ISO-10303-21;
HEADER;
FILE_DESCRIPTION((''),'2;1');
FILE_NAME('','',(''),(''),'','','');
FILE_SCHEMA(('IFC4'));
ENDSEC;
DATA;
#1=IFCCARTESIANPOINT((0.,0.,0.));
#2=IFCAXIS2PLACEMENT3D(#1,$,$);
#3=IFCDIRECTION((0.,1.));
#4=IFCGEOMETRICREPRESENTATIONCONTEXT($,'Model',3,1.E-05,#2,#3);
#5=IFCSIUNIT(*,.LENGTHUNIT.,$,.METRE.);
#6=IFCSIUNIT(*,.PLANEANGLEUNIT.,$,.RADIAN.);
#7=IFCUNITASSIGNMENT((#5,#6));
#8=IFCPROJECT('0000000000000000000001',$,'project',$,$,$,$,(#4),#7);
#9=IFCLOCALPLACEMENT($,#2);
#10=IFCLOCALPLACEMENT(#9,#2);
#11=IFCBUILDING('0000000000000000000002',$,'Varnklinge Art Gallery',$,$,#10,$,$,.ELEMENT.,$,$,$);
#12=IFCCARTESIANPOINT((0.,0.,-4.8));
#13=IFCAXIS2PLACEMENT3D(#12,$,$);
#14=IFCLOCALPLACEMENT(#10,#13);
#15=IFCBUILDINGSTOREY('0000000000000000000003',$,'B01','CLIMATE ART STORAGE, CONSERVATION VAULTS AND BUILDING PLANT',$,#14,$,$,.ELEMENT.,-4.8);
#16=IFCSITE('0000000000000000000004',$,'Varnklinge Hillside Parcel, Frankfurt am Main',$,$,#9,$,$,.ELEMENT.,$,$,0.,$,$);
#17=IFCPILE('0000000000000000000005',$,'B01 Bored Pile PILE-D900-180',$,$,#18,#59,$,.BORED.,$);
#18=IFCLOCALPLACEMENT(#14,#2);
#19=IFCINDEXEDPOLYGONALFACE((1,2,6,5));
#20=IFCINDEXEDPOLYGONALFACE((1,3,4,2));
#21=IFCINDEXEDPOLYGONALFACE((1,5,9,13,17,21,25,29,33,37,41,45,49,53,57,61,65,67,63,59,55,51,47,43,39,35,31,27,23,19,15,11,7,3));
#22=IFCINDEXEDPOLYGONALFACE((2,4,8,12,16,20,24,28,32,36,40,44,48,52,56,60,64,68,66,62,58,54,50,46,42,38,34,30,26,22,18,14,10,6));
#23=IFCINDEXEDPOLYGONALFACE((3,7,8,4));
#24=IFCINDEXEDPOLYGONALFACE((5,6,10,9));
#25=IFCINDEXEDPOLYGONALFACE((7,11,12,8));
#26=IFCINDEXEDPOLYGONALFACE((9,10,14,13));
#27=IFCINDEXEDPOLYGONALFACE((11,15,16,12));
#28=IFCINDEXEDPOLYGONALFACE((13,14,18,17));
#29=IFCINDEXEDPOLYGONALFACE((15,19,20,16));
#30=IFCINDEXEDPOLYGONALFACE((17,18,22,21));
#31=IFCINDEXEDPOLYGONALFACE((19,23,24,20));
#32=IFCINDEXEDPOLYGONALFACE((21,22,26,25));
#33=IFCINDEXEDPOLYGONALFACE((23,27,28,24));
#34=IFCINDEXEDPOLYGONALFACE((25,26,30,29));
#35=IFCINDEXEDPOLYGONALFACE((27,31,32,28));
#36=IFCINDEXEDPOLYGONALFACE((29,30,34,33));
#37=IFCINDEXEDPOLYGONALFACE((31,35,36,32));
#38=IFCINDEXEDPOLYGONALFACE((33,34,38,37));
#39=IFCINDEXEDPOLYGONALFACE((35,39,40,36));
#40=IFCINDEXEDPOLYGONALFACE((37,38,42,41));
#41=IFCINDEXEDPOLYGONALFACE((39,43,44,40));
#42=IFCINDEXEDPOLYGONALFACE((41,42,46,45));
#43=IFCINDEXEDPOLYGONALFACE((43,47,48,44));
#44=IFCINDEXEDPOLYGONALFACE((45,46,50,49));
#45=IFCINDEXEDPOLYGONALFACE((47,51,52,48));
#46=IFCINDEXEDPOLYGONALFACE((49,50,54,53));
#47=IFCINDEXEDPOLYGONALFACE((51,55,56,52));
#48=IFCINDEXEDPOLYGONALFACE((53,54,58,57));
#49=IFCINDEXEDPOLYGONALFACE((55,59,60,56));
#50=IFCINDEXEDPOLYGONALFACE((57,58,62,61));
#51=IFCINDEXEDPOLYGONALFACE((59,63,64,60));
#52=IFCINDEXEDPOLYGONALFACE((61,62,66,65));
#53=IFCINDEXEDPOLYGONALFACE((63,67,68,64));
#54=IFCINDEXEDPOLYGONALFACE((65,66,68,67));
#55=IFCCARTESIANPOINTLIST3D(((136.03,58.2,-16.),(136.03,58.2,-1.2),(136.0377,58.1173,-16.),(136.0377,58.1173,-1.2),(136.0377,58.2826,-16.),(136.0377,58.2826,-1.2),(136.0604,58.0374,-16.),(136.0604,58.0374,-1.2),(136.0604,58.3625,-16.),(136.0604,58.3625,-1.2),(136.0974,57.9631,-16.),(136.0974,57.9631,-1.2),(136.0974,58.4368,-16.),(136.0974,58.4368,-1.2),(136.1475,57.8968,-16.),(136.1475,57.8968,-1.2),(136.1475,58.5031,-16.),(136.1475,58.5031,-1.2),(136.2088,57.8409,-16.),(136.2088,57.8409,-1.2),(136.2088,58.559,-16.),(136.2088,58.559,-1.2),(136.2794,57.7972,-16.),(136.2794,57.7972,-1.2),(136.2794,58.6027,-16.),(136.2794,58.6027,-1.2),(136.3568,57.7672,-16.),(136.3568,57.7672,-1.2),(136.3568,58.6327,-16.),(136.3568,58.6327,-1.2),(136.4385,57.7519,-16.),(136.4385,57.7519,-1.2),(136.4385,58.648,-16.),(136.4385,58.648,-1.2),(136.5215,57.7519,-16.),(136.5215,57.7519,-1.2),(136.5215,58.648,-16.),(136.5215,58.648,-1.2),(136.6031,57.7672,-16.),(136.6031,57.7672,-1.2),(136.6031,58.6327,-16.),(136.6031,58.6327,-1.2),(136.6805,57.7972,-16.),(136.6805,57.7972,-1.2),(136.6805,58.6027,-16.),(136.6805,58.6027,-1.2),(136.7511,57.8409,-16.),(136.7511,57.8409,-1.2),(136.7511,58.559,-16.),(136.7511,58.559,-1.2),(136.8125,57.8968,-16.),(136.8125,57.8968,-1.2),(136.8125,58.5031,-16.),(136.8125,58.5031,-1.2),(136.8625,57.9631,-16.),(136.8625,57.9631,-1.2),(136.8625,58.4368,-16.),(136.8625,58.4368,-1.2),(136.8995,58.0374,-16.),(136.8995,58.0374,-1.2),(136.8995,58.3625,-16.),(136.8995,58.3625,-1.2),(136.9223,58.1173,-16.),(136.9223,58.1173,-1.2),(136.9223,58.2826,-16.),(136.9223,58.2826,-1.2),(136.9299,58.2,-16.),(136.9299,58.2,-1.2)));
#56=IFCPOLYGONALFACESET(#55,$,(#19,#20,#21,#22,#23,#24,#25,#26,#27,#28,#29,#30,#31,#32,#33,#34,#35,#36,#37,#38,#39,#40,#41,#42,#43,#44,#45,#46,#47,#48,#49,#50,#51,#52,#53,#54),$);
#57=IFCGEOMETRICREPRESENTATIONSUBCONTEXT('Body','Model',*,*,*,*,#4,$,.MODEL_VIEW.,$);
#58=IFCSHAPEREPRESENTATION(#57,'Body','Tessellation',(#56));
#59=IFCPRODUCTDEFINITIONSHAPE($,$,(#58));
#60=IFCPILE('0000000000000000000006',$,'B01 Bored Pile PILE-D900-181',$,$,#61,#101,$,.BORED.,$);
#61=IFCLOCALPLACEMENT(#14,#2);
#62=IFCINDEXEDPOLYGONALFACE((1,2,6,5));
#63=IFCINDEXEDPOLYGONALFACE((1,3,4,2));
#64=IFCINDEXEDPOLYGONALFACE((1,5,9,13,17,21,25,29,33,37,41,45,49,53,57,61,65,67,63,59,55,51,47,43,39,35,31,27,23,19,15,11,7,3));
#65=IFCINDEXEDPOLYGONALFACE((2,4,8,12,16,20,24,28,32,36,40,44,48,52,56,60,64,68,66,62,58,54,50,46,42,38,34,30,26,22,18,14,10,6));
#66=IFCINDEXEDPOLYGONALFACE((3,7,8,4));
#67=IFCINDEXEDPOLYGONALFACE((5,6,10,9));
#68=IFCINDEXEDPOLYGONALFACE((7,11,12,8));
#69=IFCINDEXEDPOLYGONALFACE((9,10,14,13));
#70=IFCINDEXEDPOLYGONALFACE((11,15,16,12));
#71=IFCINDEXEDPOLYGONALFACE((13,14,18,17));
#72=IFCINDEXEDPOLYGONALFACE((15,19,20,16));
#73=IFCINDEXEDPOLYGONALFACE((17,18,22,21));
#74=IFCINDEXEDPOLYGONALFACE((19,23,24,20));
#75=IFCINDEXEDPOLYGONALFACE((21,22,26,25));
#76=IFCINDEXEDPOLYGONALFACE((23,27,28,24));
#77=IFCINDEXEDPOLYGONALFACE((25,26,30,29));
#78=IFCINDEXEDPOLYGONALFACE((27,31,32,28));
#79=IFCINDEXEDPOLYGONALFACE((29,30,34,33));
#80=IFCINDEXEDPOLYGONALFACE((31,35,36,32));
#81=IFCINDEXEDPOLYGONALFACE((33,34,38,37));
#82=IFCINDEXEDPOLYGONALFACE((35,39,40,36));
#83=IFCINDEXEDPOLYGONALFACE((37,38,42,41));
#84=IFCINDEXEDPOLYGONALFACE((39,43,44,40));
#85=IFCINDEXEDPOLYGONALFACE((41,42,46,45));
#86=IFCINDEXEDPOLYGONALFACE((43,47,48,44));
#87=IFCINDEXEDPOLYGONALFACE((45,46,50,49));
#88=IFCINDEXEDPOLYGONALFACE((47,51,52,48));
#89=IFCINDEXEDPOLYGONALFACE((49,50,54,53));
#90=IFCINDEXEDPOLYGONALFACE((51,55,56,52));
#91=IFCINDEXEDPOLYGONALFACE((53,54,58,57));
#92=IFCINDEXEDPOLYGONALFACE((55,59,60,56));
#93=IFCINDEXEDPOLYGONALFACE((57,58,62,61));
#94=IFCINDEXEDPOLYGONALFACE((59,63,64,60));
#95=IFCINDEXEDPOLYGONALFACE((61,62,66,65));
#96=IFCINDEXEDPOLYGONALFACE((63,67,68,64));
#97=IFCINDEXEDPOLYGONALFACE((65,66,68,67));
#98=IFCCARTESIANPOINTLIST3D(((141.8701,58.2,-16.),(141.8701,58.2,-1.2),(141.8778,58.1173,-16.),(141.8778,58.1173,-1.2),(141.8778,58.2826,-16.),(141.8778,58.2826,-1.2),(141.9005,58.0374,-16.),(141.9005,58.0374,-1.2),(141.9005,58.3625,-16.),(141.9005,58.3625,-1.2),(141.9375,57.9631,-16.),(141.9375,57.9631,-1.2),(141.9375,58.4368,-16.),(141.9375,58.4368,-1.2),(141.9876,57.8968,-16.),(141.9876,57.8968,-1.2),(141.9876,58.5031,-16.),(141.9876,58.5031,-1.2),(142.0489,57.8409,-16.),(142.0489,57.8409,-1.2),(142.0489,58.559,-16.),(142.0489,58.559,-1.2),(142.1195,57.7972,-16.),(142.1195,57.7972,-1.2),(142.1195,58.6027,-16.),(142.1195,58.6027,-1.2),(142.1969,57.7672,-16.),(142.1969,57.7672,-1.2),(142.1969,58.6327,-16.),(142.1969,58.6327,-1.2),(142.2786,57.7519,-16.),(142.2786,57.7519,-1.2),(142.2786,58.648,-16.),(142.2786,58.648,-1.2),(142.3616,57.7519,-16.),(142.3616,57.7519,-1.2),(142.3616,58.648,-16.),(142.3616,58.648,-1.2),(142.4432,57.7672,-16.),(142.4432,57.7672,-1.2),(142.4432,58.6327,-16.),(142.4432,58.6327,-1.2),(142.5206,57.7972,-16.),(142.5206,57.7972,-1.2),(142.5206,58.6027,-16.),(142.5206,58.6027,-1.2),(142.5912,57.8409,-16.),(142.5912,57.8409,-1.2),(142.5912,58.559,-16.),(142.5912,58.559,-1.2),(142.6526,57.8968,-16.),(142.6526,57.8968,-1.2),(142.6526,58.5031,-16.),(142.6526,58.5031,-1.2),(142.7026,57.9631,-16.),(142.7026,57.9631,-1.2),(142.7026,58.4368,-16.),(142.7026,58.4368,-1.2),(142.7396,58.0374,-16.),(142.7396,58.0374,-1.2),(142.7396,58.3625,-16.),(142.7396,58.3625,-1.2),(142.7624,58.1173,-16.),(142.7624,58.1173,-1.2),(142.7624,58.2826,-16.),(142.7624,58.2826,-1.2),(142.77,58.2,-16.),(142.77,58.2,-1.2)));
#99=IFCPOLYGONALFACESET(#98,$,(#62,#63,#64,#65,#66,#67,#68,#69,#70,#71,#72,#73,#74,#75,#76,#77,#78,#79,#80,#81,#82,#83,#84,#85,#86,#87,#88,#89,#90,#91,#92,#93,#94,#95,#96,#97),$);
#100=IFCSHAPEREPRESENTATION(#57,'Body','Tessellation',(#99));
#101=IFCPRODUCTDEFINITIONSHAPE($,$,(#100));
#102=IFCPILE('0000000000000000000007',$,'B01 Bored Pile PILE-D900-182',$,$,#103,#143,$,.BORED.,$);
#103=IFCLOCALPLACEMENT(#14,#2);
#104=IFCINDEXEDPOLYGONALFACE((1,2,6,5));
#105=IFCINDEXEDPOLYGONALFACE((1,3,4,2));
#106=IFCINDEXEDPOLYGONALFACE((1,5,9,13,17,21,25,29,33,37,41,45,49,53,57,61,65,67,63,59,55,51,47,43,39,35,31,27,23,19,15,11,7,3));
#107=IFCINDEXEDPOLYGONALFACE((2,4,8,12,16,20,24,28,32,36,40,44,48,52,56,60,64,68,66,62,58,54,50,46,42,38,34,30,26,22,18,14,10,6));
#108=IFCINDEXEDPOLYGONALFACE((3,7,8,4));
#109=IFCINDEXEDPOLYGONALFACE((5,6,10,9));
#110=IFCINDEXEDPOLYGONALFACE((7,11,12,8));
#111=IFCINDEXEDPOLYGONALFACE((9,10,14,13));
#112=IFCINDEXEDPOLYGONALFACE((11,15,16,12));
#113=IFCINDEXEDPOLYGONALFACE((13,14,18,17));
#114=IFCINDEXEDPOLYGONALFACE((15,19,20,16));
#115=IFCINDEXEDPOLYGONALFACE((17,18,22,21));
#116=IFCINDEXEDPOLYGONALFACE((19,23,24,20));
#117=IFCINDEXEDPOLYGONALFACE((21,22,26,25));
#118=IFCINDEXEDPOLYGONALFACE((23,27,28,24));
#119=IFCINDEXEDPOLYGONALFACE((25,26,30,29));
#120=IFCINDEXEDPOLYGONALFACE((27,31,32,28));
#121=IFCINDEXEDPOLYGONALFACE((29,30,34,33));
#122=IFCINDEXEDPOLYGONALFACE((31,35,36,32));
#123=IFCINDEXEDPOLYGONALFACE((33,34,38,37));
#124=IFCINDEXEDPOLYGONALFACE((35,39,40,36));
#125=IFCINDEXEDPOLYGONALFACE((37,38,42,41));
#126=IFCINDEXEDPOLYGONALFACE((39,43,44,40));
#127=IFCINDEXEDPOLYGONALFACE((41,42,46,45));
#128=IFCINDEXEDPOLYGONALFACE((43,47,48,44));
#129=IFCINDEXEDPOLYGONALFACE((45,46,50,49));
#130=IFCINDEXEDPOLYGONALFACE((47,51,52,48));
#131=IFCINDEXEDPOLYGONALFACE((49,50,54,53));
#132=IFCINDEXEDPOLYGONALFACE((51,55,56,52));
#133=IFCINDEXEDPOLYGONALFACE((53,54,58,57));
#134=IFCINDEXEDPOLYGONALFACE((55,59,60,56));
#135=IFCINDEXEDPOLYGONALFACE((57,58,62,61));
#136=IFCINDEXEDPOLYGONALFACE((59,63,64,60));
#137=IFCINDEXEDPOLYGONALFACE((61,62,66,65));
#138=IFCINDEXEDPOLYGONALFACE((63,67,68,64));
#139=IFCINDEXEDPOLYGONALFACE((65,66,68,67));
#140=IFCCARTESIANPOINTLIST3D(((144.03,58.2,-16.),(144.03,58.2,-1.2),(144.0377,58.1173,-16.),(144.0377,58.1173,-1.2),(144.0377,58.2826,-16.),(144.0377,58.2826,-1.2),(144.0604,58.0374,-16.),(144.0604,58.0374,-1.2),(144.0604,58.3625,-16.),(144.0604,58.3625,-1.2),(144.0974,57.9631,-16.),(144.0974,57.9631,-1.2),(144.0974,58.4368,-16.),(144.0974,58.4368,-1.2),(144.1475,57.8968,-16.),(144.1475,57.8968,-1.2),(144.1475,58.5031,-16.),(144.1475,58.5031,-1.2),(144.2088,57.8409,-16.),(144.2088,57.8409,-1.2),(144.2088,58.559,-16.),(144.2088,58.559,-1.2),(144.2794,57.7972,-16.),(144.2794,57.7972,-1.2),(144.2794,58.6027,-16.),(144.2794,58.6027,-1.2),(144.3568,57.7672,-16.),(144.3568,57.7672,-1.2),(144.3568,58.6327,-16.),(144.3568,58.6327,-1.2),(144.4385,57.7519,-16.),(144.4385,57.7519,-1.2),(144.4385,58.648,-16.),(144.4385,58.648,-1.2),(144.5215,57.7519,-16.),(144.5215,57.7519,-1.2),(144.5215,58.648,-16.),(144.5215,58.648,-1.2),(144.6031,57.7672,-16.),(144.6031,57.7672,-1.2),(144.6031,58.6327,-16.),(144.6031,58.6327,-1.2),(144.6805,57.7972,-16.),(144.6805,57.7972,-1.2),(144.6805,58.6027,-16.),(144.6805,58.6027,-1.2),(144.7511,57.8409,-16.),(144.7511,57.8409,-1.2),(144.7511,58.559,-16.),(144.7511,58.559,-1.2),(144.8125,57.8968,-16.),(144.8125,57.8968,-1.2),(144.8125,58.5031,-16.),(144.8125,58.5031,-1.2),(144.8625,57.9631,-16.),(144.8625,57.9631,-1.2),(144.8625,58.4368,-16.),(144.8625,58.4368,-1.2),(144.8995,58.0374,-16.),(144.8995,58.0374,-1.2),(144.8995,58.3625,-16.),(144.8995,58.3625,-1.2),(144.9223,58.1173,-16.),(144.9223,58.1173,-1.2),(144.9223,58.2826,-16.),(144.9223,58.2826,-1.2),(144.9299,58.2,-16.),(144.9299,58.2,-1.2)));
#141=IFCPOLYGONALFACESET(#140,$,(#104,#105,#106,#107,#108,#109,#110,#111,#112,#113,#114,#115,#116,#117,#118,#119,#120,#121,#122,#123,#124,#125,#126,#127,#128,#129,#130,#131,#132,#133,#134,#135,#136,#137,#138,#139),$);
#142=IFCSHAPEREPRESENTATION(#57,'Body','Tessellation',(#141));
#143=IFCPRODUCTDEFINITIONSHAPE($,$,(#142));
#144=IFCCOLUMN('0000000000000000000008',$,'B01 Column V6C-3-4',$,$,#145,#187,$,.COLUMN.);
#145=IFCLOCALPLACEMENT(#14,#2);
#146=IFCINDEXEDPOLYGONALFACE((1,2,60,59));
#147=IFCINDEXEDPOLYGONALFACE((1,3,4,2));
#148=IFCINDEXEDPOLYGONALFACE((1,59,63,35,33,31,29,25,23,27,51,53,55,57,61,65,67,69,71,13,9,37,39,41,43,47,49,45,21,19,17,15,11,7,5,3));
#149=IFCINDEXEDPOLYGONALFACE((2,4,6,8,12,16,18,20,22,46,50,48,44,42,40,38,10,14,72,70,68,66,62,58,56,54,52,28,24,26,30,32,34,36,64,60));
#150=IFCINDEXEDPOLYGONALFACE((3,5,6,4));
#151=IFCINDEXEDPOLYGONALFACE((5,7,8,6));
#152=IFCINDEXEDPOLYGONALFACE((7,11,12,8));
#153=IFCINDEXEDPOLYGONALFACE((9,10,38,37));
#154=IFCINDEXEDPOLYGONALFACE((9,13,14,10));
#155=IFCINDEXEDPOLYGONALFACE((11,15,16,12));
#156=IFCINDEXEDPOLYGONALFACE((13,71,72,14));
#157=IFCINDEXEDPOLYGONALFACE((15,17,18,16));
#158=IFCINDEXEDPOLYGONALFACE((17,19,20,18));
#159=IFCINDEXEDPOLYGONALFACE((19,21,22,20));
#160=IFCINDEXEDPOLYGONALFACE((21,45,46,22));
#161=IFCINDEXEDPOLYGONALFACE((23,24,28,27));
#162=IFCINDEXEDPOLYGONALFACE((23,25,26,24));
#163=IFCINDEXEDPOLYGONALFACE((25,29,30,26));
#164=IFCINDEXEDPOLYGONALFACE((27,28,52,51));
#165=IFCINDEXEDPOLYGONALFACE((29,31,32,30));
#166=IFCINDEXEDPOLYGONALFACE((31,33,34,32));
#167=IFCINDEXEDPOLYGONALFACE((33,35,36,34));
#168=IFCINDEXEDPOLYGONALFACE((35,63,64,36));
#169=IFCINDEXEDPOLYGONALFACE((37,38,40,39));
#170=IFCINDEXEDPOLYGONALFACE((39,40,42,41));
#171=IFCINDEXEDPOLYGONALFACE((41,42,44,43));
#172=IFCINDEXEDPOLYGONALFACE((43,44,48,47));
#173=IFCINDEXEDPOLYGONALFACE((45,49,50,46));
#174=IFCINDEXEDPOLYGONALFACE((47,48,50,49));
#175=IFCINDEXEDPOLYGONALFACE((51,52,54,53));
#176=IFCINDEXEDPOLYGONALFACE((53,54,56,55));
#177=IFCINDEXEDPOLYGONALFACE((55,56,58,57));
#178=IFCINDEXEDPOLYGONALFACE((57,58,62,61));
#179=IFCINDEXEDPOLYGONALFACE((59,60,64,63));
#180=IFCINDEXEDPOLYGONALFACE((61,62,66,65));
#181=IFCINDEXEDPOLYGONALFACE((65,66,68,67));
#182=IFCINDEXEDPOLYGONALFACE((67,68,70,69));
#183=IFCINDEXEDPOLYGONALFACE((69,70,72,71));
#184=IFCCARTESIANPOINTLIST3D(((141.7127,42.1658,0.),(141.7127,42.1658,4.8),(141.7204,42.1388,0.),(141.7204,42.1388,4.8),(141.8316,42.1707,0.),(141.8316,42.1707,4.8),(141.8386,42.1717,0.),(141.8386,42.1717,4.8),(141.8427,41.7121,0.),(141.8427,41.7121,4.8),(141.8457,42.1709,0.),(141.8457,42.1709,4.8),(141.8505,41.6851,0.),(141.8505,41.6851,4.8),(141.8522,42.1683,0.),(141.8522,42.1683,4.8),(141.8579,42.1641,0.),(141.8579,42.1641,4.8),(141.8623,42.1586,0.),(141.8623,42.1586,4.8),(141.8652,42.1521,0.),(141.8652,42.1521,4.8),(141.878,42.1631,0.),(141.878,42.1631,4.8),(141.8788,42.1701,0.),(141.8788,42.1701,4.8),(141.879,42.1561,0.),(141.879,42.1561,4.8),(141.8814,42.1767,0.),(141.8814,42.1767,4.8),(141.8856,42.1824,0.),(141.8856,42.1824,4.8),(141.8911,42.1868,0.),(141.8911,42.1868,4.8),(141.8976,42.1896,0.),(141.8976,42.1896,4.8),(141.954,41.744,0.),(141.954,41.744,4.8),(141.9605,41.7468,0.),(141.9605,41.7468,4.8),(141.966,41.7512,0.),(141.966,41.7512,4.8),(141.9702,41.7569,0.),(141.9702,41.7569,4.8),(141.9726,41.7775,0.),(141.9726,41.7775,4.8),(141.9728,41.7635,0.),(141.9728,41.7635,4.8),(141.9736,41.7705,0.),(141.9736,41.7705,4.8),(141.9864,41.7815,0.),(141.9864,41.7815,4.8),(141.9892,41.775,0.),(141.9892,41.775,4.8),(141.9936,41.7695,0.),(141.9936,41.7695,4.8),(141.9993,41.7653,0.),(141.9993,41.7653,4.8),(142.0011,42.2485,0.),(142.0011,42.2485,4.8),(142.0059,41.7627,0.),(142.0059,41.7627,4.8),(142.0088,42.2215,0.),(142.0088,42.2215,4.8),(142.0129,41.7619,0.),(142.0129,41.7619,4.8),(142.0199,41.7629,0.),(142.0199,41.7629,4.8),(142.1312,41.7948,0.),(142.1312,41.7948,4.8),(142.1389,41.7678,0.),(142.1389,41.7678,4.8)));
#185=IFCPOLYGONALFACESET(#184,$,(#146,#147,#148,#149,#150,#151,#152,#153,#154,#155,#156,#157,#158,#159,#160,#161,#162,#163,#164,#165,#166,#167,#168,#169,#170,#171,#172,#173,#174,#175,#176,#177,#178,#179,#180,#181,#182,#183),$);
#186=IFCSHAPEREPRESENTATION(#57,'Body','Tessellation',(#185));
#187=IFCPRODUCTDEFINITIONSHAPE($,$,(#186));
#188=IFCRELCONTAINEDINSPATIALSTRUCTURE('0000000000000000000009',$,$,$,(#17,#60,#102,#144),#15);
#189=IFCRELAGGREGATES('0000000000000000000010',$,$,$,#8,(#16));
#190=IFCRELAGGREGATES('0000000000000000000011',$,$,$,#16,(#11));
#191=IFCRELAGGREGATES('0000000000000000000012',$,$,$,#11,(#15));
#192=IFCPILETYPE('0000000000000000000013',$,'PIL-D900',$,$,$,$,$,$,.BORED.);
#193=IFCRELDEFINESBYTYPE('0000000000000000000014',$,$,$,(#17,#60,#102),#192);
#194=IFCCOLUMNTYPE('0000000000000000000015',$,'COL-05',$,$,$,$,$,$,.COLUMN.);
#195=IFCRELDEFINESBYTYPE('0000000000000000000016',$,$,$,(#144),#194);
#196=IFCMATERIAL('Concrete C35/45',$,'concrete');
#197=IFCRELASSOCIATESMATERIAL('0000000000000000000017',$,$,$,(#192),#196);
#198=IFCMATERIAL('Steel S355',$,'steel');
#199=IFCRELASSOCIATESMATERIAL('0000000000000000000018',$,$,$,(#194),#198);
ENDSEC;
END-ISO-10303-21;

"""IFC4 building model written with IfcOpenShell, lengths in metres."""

from ifc_helpers import new_model, si_unit, direction, frame, origin, origin_2d, place, context, subcontext, project, spatial, circle, i_section, extrude, material, material_profile, profile_set, type_object, element, save


model = new_model("IFC4")

# Units and contexts
model_context = context("Model", 3, precision=1e-05, world=origin(), true_north=direction((0.0, 1.0)))
body_context = subcontext(model_context, "Body", "Model", "MODEL_VIEW")
ifc_project = project(units=[si_unit("LENGTHUNIT", "METRE"), si_unit("PLANEANGLEUNIT", "RADIAN")], contexts=[model_context])

# Site, building, storey
site_placement = place(None, origin())
site = spatial("IfcSite", under=ifc_project, at=site_placement, Name="Varnklinge Hillside Parcel, Frankfurt am Main", CompositionType="ELEMENT", RefElevation=0.0)
building_placement = place(site_placement, origin())
building = spatial("IfcBuilding", under=site, at=building_placement, Name="Varnklinge Art Gallery", CompositionType="ELEMENT")
storey_placement = place(building_placement, frame((0.0, 0.0, -4.8)))
storey = spatial("IfcBuildingStorey", under=building, at=storey_placement, Name="B01", Description="CLIMATE ART STORAGE, CONSERVATION VAULTS AND BUILDING PLANT", CompositionType="ELEMENT", Elevation=-4.8)

# Piles
ifc_material_1 = material(Name="Concrete C35/45", Category="concrete")
ifc_material_profile_1 = material_profile(ifc_material_1, circle(Radius=0.45, at=origin_2d()), Name="PILE D900")
ifc_profile_set_1 = profile_set([ifc_material_profile_1], Name="Concrete C35/45")
pile_type = type_object("IfcPileType", Name="PIL-D900", PredefinedType="BORED", material=ifc_profile_set_1)
for number, where, z_axis, x_axis, name in (
    (1, (136.48, 58.2, -1.2), (0.0, 0.0, -1.0), (1.0, 0.0, 0.0), "B01 Bored Pile PILE-D900-180"),
    (2, (142.3201, 58.2, -1.2), (0.0, 0.0, -1.0), (1.0, 0.0, 0.0), "B01 Bored Pile PILE-D900-181"),
    (3, (144.48, 58.2, -1.2), (0.0, 0.0, -1.0), (1.0, 0.0, 0.0), "B01 Bored Pile PILE-D900-182"),
):
    element("IfcPile", number, at=place(storey_placement, frame(where, z_axis=z_axis, x_axis=x_axis)), inside=storey, type_object=pile_type, Name=name, PredefinedType="BORED", context=body_context, shape_type="SweptSolid", body=[
        extrude(circle(Radius=0.45, at=origin_2d()), origin(), (0.0, 0.0, 1.0), 14.8),
    ])

# Column
ifc_material_2 = material(Name="Steel S355", Category="steel")
ifc_material_profile_2 = material_profile(ifc_material_2, i_section(OverallWidth=0.3, OverallDepth=0.5, WebThickness=0.0144, FlangeThickness=0.0281, FilletRadius=0.0271, at=origin_2d()), Name="HEB 500")
ifc_profile_set_2 = profile_set([ifc_material_profile_2], Name="Steel S355")
column_type_1 = type_object("IfcColumnType", Name="COL-05", PredefinedType="COLUMN", material=ifc_profile_set_2)
column_1_placement = place(storey_placement, frame((141.9258, 41.9668, 0.0), z_axis=(0.0, 0.0, 1.0), x_axis=(0.961262, 0.275637, 0.0)))
element("IfcColumn", 4, at=column_1_placement, inside=storey, type_object=column_type_1, Name="B01 Column V6C-3-4", PredefinedType="COLUMN", context=body_context, shape_type="SweptSolid", body=[
    extrude(i_section(OverallWidth=0.3, OverallDepth=0.5, WebThickness=0.0144, FlangeThickness=0.0281, FilletRadius=0.0271, at=origin_2d()), origin(), (0.0, 0.0, 1.0), 4.8),
])

save(model, "model.ifc")
